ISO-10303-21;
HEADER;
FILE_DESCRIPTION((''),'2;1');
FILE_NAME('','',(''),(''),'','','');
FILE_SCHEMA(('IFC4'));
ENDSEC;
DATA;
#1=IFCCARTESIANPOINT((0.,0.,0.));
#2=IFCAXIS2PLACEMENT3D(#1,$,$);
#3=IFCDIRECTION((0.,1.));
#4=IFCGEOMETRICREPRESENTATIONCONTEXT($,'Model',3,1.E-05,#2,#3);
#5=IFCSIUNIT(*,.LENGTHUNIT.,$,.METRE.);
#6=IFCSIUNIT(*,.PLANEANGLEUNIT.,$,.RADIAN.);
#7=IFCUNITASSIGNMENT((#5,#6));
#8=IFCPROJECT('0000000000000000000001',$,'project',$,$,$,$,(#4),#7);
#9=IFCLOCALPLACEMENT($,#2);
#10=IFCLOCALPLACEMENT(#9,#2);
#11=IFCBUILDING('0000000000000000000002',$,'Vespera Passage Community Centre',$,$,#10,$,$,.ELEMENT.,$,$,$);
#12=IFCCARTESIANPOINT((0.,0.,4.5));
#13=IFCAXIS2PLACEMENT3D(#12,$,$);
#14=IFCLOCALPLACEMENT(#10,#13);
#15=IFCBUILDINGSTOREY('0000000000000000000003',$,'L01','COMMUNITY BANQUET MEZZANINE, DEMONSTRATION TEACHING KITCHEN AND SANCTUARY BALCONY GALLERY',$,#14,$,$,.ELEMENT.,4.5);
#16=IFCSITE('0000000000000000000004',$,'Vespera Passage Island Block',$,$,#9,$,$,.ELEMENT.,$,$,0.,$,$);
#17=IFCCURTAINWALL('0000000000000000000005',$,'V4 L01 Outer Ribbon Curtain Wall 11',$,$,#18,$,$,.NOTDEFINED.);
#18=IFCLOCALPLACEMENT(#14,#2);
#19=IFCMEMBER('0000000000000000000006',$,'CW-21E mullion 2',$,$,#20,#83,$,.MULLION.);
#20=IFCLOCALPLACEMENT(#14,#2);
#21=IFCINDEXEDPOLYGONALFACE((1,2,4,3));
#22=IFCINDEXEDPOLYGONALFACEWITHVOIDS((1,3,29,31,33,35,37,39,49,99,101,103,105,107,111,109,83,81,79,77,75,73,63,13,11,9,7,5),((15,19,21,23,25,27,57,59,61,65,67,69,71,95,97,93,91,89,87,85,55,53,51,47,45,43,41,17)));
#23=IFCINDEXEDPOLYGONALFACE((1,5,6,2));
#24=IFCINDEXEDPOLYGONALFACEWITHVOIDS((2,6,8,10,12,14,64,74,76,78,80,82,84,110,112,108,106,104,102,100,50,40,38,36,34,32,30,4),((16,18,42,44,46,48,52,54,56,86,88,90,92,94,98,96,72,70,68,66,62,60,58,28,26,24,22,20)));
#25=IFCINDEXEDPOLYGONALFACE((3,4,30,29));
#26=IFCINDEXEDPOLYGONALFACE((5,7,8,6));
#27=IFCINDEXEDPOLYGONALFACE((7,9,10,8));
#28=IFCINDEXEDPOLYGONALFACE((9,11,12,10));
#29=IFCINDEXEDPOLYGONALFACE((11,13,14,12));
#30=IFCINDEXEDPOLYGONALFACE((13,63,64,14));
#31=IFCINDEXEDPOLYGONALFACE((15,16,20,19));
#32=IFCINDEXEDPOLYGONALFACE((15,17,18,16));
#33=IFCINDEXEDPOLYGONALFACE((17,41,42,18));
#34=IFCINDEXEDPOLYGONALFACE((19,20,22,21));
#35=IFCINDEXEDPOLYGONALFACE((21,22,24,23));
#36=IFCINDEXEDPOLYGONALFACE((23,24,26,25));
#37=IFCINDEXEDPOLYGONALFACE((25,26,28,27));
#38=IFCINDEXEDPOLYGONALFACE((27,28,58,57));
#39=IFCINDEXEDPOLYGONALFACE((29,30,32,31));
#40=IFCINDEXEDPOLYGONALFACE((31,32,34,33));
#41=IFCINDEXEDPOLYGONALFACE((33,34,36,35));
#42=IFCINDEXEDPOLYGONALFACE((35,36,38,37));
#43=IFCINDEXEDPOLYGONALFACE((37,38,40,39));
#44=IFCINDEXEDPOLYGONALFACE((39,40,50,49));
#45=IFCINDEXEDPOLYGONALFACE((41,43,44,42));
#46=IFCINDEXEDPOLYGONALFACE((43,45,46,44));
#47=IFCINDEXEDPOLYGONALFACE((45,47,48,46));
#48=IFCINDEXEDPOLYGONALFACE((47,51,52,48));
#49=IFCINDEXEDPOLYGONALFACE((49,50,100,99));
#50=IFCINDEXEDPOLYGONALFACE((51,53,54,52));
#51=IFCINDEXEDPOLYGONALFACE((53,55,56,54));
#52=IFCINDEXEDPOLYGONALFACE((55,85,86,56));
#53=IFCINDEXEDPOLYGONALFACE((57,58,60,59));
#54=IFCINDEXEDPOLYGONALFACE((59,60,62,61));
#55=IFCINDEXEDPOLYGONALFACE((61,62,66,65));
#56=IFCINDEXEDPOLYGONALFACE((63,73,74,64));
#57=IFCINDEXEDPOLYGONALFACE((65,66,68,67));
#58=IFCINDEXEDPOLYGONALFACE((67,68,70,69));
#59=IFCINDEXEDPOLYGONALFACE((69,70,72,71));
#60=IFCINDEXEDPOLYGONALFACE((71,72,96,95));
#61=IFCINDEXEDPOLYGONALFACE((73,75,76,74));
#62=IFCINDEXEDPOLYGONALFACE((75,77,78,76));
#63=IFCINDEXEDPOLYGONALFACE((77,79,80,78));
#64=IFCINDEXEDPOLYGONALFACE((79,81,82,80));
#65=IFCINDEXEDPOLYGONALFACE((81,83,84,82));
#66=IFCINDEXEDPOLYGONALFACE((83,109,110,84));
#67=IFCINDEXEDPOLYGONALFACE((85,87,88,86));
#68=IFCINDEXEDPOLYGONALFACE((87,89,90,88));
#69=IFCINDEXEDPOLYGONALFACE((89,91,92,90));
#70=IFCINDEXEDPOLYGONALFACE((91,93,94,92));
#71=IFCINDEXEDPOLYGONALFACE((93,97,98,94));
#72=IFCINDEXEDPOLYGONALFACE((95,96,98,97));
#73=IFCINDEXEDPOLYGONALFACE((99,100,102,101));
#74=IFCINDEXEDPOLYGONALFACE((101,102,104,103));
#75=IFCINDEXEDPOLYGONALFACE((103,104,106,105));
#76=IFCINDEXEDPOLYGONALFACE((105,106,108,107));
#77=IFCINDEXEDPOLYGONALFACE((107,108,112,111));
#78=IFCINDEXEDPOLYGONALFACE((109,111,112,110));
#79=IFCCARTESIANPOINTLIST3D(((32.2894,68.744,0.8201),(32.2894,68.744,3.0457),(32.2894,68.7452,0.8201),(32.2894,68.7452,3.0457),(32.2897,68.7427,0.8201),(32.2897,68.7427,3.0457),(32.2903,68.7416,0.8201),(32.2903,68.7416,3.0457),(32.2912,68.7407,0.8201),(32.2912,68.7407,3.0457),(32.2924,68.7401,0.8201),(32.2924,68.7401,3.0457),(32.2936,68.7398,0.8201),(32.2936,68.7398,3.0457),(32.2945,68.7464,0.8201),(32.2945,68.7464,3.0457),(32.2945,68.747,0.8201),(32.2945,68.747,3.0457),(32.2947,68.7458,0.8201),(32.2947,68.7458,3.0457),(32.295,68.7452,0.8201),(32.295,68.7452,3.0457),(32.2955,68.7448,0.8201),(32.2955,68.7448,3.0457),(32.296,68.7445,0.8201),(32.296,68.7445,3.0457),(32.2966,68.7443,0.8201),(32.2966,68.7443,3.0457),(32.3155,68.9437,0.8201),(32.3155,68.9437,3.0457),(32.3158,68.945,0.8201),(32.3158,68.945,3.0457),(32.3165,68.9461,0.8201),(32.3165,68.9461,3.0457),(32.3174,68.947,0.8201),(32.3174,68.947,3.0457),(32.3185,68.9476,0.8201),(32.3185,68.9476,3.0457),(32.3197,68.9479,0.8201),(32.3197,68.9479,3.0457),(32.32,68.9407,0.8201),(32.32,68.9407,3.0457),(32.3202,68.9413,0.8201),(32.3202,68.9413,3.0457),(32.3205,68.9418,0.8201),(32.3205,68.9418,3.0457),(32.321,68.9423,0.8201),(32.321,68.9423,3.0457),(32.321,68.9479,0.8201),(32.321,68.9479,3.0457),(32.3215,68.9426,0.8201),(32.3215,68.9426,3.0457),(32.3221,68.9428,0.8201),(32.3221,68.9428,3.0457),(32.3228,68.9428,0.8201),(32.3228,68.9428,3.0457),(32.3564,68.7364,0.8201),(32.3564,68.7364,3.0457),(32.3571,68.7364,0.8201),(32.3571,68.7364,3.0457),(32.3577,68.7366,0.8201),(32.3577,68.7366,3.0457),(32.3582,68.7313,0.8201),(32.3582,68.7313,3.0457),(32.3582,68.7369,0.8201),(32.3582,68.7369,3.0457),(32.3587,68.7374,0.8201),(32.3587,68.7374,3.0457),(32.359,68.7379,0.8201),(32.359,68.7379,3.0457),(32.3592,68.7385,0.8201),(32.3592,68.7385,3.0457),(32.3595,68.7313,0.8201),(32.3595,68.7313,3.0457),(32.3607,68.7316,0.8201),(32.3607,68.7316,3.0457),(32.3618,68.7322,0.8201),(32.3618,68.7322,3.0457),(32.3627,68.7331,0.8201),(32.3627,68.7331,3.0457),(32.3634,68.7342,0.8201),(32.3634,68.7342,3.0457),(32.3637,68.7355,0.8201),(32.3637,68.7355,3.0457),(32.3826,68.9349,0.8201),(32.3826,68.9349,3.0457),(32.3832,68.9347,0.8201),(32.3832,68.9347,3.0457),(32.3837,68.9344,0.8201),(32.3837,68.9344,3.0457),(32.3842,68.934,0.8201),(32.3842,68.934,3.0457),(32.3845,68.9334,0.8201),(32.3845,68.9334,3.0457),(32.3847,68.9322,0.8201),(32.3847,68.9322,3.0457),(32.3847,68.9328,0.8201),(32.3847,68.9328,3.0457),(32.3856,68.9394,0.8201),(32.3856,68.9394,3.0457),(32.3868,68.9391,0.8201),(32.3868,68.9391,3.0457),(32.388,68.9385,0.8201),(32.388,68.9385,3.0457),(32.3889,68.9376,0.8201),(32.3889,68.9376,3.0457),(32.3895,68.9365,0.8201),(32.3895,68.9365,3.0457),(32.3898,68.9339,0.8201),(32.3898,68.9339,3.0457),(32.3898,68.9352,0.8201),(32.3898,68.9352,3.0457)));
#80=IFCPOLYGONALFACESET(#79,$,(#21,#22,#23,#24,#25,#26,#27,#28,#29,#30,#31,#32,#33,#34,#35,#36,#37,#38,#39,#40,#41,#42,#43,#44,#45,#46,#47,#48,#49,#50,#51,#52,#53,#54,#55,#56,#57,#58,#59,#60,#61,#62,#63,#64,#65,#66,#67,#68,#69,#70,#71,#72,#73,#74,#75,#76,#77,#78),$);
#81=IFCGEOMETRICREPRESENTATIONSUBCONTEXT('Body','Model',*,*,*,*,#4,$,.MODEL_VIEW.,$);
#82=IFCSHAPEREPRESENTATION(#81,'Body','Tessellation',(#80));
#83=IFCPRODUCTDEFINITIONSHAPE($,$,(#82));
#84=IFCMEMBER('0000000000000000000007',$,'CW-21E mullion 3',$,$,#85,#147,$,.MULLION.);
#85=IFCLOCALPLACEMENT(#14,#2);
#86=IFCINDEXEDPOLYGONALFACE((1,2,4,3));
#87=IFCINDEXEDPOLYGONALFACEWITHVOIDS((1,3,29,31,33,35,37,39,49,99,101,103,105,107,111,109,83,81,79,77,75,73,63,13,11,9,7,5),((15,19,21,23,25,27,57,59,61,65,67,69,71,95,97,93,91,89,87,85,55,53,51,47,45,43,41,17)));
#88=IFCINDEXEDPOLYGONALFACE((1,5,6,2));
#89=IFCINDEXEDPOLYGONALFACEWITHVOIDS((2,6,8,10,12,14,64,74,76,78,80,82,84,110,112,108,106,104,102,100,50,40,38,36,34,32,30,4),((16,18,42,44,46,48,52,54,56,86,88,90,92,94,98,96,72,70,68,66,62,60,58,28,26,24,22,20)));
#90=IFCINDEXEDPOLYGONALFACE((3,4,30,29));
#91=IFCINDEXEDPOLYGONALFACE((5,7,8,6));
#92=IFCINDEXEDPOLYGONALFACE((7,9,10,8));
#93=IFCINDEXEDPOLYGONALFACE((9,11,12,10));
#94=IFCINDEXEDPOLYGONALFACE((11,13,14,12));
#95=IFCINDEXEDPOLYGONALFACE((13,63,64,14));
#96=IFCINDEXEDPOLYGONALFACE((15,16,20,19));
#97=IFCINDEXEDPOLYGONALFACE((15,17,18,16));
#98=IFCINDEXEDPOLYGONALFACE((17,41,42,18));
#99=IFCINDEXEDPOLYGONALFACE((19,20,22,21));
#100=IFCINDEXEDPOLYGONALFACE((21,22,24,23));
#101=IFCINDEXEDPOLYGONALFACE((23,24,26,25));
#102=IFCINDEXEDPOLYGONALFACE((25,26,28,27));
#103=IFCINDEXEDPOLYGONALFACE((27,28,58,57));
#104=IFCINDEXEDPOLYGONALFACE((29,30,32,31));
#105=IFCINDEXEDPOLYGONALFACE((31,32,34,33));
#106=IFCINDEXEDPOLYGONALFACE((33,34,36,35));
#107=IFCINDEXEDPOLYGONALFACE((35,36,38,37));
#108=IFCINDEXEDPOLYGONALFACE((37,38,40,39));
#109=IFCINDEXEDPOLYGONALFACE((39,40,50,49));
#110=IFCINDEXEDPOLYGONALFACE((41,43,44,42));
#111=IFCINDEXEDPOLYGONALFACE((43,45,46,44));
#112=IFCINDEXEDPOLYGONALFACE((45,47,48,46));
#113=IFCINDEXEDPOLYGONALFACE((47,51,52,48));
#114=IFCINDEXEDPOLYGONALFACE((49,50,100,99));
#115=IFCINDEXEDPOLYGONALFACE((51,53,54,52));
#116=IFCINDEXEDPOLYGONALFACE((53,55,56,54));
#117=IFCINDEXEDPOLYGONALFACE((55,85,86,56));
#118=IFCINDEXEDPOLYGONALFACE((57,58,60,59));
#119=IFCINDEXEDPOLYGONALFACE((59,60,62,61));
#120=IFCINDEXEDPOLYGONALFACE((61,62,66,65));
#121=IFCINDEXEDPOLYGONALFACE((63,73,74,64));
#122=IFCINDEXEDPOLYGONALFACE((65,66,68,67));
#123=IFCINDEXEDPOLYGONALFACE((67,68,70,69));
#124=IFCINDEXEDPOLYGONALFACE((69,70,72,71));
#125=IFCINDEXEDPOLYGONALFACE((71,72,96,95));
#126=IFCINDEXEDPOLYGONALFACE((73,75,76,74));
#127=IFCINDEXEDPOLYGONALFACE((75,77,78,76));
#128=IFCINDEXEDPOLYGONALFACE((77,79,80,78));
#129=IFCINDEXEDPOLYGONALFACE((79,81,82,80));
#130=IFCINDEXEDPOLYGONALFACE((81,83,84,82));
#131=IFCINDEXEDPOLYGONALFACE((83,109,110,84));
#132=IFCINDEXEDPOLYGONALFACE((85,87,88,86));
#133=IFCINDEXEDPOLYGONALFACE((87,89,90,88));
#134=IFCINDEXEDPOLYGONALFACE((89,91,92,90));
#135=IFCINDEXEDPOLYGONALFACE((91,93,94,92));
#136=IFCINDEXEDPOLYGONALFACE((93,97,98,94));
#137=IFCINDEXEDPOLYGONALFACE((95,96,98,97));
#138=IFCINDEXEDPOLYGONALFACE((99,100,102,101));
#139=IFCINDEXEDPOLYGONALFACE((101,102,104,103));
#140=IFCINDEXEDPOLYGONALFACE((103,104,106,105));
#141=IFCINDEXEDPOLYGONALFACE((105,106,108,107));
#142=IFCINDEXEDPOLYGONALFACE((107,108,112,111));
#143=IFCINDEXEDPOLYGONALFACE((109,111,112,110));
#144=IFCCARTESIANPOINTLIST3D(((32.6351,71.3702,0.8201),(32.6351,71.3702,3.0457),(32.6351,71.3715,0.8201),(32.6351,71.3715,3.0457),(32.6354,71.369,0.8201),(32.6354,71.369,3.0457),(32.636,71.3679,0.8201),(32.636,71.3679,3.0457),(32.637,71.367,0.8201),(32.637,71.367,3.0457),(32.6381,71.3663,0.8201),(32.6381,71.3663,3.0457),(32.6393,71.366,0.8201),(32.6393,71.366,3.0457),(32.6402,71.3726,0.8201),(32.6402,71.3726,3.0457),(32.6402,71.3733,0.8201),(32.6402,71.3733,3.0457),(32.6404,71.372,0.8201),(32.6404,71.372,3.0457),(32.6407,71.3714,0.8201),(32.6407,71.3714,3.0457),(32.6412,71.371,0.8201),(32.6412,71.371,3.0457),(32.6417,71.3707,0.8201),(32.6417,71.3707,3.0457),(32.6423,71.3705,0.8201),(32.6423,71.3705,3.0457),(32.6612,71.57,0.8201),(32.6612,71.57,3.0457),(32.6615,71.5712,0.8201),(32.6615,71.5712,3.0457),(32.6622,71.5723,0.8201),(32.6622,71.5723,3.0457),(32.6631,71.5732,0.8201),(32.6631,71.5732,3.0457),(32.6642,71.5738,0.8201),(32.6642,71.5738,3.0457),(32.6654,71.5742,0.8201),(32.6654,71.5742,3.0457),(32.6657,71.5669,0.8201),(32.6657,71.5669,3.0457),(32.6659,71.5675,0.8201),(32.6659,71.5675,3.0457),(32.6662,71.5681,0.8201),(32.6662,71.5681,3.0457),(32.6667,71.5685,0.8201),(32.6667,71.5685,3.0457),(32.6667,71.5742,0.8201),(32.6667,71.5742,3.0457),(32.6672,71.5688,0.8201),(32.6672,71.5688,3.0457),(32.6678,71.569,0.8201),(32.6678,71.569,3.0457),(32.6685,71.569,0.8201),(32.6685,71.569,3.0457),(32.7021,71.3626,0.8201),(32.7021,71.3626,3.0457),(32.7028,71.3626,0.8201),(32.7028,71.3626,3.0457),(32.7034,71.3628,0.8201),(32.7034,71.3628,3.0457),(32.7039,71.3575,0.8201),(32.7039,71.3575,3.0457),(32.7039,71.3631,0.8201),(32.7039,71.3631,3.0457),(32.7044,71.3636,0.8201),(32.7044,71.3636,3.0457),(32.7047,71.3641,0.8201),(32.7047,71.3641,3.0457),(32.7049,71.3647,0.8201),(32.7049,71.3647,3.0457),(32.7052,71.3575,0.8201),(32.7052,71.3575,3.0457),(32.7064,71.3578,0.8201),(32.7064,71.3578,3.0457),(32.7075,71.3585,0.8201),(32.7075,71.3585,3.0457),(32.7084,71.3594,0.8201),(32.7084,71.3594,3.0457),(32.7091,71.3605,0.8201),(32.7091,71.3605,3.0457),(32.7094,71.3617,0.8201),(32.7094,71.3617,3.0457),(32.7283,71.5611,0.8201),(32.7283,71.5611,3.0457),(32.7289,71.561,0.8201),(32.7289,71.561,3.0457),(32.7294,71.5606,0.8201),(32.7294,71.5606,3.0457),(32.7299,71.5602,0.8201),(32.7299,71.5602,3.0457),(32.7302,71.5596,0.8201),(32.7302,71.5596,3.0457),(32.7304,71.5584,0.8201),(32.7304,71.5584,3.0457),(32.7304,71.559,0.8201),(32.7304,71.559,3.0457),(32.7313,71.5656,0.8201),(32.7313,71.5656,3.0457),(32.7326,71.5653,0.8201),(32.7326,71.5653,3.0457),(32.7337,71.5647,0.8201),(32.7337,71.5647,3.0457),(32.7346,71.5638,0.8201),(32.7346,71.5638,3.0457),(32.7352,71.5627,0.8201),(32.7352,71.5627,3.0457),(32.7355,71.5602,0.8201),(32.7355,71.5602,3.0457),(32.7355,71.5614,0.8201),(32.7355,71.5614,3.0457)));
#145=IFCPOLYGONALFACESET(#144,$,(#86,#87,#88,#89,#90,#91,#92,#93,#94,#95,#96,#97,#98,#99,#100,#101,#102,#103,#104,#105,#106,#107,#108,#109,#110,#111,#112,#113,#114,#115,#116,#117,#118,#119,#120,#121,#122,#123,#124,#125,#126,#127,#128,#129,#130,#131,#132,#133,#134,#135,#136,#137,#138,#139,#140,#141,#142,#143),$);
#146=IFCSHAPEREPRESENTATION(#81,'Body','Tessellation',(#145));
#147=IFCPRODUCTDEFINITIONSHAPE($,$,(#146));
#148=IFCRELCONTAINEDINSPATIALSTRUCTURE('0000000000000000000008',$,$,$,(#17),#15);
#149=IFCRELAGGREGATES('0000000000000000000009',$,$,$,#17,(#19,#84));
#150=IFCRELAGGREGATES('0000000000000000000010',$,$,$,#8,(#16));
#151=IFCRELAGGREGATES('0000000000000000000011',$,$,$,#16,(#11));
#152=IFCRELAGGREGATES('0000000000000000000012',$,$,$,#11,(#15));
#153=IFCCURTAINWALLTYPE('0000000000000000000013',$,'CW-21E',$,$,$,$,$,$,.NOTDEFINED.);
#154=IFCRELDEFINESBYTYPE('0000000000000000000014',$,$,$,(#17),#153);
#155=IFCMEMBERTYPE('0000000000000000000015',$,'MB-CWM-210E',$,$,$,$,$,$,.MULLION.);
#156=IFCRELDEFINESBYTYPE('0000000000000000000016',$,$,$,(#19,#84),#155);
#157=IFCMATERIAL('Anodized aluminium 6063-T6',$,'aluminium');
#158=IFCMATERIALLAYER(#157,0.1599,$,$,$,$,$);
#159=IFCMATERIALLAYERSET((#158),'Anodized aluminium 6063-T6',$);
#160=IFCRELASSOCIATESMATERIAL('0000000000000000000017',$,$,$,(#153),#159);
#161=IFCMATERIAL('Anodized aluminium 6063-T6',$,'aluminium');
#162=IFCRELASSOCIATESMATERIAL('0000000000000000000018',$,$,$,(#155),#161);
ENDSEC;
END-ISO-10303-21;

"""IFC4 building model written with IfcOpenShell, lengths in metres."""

from ifc_helpers import new_model, si_unit, direction, frame, origin, origin_2d, place, context, subcontext, project, spatial, hollow_rectangle, extrude, material, layer, layer_set, material_profile, profile_set, type_object, element, aggregate, save


model = new_model("IFC4")

# Units and contexts
model_context = context("Model", 3, precision=1e-05, world=origin(), true_north=direction((0.0, 1.0)))
body_context = subcontext(model_context, "Body", "Model", "MODEL_VIEW")
ifc_project = project(units=[si_unit("LENGTHUNIT", "METRE"), si_unit("PLANEANGLEUNIT", "RADIAN")], contexts=[model_context])

# Site, building, storey
site_placement = place(None, origin())
site = spatial("IfcSite", under=ifc_project, at=site_placement, Name="Vespera Passage Island Block", CompositionType="ELEMENT", RefElevation=0.0)
building_placement = place(site_placement, origin())
building = spatial("IfcBuilding", under=site, at=building_placement, Name="Vespera Passage Community Centre", CompositionType="ELEMENT")
storey_placement = place(building_placement, frame((0.0, 0.0, 4.5)))
storey = spatial("IfcBuildingStorey", under=building, at=storey_placement, Name="L01", Description="COMMUNITY BANQUET MEZZANINE, DEMONSTRATION TEACHING KITCHEN AND SANCTUARY BALCONY GALLERY", CompositionType="ELEMENT", Elevation=4.5)

# Curtain wall, members
ifc_material_1 = material(Name="Anodized aluminium 6063-T6", Category="aluminium")
ifc_layer_1 = layer(ifc_material_1, 0.1599)
ifc_layer_set_1 = layer_set([ifc_layer_1], Name="Anodized aluminium 6063-T6")
curtain_wall_type = type_object("IfcCurtainWallType", Name="CW-21E", PredefinedType="NOTDEFINED", material=ifc_layer_set_1)
curtain_wall_placement = place(storey_placement, origin())
curtain_wall = element("IfcCurtainWall", 1, at=curtain_wall_placement, inside=storey, type_object=curtain_wall_type, Name="V4 L01 Outer Ribbon Curtain Wall 11", PredefinedType="NOTDEFINED")
ifc_material_2 = material(Name="Anodized aluminium 6063-T6", Category="aluminium")
ifc_material_profile_1 = material_profile(ifc_material_2, hollow_rectangle(XDim=0.075, YDim=0.21, WallThickness=0.0049, InnerFilletRadius=0.0024, OuterFilletRadius=0.0049, at=origin_2d()), Name="ALU210X75X5")
ifc_profile_set_1 = profile_set([ifc_material_profile_1], Name="Anodized aluminium 6063-T6")
member_type_1 = type_object("IfcMemberType", Name="MB-CWM-210E", PredefinedType="MULLION", material=ifc_profile_set_1)
member_1_placement = place(storey_placement, frame((32.3396, 68.8396, 0.8201), z_axis=(0.0, 0.0, 1.0), x_axis=(-0.991445, 0.130523, 0.0)))
member_1 = element("IfcMember", 2, at=member_1_placement, type_object=member_type_1, Name="CW-21E mullion 2", PredefinedType="MULLION", context=body_context, shape_type="SweptSolid", body=[
    extrude(hollow_rectangle(XDim=0.075, YDim=0.21, WallThickness=0.0049, InnerFilletRadius=0.0024, OuterFilletRadius=0.0049, at=origin_2d()), origin(), (0.0, 0.0, 1.0), 2.2256),
])
member_2_placement = place(storey_placement, frame((32.6853, 71.4658, 0.8201), z_axis=(0.0, 0.0, 1.0), x_axis=(-0.991445, 0.130523, 0.0)))
member_2 = element("IfcMember", 3, at=member_2_placement, type_object=member_type_1, Name="CW-21E mullion 3", PredefinedType="MULLION", context=body_context, shape_type="SweptSolid", body=[
    extrude(hollow_rectangle(XDim=0.075, YDim=0.21, WallThickness=0.0049, InnerFilletRadius=0.0024, OuterFilletRadius=0.0049, at=origin_2d()), origin(), (0.0, 0.0, 1.0), 2.2256),
])
aggregate(curtain_wall, [member_1, member_2])

save(model, "model.ifc")
